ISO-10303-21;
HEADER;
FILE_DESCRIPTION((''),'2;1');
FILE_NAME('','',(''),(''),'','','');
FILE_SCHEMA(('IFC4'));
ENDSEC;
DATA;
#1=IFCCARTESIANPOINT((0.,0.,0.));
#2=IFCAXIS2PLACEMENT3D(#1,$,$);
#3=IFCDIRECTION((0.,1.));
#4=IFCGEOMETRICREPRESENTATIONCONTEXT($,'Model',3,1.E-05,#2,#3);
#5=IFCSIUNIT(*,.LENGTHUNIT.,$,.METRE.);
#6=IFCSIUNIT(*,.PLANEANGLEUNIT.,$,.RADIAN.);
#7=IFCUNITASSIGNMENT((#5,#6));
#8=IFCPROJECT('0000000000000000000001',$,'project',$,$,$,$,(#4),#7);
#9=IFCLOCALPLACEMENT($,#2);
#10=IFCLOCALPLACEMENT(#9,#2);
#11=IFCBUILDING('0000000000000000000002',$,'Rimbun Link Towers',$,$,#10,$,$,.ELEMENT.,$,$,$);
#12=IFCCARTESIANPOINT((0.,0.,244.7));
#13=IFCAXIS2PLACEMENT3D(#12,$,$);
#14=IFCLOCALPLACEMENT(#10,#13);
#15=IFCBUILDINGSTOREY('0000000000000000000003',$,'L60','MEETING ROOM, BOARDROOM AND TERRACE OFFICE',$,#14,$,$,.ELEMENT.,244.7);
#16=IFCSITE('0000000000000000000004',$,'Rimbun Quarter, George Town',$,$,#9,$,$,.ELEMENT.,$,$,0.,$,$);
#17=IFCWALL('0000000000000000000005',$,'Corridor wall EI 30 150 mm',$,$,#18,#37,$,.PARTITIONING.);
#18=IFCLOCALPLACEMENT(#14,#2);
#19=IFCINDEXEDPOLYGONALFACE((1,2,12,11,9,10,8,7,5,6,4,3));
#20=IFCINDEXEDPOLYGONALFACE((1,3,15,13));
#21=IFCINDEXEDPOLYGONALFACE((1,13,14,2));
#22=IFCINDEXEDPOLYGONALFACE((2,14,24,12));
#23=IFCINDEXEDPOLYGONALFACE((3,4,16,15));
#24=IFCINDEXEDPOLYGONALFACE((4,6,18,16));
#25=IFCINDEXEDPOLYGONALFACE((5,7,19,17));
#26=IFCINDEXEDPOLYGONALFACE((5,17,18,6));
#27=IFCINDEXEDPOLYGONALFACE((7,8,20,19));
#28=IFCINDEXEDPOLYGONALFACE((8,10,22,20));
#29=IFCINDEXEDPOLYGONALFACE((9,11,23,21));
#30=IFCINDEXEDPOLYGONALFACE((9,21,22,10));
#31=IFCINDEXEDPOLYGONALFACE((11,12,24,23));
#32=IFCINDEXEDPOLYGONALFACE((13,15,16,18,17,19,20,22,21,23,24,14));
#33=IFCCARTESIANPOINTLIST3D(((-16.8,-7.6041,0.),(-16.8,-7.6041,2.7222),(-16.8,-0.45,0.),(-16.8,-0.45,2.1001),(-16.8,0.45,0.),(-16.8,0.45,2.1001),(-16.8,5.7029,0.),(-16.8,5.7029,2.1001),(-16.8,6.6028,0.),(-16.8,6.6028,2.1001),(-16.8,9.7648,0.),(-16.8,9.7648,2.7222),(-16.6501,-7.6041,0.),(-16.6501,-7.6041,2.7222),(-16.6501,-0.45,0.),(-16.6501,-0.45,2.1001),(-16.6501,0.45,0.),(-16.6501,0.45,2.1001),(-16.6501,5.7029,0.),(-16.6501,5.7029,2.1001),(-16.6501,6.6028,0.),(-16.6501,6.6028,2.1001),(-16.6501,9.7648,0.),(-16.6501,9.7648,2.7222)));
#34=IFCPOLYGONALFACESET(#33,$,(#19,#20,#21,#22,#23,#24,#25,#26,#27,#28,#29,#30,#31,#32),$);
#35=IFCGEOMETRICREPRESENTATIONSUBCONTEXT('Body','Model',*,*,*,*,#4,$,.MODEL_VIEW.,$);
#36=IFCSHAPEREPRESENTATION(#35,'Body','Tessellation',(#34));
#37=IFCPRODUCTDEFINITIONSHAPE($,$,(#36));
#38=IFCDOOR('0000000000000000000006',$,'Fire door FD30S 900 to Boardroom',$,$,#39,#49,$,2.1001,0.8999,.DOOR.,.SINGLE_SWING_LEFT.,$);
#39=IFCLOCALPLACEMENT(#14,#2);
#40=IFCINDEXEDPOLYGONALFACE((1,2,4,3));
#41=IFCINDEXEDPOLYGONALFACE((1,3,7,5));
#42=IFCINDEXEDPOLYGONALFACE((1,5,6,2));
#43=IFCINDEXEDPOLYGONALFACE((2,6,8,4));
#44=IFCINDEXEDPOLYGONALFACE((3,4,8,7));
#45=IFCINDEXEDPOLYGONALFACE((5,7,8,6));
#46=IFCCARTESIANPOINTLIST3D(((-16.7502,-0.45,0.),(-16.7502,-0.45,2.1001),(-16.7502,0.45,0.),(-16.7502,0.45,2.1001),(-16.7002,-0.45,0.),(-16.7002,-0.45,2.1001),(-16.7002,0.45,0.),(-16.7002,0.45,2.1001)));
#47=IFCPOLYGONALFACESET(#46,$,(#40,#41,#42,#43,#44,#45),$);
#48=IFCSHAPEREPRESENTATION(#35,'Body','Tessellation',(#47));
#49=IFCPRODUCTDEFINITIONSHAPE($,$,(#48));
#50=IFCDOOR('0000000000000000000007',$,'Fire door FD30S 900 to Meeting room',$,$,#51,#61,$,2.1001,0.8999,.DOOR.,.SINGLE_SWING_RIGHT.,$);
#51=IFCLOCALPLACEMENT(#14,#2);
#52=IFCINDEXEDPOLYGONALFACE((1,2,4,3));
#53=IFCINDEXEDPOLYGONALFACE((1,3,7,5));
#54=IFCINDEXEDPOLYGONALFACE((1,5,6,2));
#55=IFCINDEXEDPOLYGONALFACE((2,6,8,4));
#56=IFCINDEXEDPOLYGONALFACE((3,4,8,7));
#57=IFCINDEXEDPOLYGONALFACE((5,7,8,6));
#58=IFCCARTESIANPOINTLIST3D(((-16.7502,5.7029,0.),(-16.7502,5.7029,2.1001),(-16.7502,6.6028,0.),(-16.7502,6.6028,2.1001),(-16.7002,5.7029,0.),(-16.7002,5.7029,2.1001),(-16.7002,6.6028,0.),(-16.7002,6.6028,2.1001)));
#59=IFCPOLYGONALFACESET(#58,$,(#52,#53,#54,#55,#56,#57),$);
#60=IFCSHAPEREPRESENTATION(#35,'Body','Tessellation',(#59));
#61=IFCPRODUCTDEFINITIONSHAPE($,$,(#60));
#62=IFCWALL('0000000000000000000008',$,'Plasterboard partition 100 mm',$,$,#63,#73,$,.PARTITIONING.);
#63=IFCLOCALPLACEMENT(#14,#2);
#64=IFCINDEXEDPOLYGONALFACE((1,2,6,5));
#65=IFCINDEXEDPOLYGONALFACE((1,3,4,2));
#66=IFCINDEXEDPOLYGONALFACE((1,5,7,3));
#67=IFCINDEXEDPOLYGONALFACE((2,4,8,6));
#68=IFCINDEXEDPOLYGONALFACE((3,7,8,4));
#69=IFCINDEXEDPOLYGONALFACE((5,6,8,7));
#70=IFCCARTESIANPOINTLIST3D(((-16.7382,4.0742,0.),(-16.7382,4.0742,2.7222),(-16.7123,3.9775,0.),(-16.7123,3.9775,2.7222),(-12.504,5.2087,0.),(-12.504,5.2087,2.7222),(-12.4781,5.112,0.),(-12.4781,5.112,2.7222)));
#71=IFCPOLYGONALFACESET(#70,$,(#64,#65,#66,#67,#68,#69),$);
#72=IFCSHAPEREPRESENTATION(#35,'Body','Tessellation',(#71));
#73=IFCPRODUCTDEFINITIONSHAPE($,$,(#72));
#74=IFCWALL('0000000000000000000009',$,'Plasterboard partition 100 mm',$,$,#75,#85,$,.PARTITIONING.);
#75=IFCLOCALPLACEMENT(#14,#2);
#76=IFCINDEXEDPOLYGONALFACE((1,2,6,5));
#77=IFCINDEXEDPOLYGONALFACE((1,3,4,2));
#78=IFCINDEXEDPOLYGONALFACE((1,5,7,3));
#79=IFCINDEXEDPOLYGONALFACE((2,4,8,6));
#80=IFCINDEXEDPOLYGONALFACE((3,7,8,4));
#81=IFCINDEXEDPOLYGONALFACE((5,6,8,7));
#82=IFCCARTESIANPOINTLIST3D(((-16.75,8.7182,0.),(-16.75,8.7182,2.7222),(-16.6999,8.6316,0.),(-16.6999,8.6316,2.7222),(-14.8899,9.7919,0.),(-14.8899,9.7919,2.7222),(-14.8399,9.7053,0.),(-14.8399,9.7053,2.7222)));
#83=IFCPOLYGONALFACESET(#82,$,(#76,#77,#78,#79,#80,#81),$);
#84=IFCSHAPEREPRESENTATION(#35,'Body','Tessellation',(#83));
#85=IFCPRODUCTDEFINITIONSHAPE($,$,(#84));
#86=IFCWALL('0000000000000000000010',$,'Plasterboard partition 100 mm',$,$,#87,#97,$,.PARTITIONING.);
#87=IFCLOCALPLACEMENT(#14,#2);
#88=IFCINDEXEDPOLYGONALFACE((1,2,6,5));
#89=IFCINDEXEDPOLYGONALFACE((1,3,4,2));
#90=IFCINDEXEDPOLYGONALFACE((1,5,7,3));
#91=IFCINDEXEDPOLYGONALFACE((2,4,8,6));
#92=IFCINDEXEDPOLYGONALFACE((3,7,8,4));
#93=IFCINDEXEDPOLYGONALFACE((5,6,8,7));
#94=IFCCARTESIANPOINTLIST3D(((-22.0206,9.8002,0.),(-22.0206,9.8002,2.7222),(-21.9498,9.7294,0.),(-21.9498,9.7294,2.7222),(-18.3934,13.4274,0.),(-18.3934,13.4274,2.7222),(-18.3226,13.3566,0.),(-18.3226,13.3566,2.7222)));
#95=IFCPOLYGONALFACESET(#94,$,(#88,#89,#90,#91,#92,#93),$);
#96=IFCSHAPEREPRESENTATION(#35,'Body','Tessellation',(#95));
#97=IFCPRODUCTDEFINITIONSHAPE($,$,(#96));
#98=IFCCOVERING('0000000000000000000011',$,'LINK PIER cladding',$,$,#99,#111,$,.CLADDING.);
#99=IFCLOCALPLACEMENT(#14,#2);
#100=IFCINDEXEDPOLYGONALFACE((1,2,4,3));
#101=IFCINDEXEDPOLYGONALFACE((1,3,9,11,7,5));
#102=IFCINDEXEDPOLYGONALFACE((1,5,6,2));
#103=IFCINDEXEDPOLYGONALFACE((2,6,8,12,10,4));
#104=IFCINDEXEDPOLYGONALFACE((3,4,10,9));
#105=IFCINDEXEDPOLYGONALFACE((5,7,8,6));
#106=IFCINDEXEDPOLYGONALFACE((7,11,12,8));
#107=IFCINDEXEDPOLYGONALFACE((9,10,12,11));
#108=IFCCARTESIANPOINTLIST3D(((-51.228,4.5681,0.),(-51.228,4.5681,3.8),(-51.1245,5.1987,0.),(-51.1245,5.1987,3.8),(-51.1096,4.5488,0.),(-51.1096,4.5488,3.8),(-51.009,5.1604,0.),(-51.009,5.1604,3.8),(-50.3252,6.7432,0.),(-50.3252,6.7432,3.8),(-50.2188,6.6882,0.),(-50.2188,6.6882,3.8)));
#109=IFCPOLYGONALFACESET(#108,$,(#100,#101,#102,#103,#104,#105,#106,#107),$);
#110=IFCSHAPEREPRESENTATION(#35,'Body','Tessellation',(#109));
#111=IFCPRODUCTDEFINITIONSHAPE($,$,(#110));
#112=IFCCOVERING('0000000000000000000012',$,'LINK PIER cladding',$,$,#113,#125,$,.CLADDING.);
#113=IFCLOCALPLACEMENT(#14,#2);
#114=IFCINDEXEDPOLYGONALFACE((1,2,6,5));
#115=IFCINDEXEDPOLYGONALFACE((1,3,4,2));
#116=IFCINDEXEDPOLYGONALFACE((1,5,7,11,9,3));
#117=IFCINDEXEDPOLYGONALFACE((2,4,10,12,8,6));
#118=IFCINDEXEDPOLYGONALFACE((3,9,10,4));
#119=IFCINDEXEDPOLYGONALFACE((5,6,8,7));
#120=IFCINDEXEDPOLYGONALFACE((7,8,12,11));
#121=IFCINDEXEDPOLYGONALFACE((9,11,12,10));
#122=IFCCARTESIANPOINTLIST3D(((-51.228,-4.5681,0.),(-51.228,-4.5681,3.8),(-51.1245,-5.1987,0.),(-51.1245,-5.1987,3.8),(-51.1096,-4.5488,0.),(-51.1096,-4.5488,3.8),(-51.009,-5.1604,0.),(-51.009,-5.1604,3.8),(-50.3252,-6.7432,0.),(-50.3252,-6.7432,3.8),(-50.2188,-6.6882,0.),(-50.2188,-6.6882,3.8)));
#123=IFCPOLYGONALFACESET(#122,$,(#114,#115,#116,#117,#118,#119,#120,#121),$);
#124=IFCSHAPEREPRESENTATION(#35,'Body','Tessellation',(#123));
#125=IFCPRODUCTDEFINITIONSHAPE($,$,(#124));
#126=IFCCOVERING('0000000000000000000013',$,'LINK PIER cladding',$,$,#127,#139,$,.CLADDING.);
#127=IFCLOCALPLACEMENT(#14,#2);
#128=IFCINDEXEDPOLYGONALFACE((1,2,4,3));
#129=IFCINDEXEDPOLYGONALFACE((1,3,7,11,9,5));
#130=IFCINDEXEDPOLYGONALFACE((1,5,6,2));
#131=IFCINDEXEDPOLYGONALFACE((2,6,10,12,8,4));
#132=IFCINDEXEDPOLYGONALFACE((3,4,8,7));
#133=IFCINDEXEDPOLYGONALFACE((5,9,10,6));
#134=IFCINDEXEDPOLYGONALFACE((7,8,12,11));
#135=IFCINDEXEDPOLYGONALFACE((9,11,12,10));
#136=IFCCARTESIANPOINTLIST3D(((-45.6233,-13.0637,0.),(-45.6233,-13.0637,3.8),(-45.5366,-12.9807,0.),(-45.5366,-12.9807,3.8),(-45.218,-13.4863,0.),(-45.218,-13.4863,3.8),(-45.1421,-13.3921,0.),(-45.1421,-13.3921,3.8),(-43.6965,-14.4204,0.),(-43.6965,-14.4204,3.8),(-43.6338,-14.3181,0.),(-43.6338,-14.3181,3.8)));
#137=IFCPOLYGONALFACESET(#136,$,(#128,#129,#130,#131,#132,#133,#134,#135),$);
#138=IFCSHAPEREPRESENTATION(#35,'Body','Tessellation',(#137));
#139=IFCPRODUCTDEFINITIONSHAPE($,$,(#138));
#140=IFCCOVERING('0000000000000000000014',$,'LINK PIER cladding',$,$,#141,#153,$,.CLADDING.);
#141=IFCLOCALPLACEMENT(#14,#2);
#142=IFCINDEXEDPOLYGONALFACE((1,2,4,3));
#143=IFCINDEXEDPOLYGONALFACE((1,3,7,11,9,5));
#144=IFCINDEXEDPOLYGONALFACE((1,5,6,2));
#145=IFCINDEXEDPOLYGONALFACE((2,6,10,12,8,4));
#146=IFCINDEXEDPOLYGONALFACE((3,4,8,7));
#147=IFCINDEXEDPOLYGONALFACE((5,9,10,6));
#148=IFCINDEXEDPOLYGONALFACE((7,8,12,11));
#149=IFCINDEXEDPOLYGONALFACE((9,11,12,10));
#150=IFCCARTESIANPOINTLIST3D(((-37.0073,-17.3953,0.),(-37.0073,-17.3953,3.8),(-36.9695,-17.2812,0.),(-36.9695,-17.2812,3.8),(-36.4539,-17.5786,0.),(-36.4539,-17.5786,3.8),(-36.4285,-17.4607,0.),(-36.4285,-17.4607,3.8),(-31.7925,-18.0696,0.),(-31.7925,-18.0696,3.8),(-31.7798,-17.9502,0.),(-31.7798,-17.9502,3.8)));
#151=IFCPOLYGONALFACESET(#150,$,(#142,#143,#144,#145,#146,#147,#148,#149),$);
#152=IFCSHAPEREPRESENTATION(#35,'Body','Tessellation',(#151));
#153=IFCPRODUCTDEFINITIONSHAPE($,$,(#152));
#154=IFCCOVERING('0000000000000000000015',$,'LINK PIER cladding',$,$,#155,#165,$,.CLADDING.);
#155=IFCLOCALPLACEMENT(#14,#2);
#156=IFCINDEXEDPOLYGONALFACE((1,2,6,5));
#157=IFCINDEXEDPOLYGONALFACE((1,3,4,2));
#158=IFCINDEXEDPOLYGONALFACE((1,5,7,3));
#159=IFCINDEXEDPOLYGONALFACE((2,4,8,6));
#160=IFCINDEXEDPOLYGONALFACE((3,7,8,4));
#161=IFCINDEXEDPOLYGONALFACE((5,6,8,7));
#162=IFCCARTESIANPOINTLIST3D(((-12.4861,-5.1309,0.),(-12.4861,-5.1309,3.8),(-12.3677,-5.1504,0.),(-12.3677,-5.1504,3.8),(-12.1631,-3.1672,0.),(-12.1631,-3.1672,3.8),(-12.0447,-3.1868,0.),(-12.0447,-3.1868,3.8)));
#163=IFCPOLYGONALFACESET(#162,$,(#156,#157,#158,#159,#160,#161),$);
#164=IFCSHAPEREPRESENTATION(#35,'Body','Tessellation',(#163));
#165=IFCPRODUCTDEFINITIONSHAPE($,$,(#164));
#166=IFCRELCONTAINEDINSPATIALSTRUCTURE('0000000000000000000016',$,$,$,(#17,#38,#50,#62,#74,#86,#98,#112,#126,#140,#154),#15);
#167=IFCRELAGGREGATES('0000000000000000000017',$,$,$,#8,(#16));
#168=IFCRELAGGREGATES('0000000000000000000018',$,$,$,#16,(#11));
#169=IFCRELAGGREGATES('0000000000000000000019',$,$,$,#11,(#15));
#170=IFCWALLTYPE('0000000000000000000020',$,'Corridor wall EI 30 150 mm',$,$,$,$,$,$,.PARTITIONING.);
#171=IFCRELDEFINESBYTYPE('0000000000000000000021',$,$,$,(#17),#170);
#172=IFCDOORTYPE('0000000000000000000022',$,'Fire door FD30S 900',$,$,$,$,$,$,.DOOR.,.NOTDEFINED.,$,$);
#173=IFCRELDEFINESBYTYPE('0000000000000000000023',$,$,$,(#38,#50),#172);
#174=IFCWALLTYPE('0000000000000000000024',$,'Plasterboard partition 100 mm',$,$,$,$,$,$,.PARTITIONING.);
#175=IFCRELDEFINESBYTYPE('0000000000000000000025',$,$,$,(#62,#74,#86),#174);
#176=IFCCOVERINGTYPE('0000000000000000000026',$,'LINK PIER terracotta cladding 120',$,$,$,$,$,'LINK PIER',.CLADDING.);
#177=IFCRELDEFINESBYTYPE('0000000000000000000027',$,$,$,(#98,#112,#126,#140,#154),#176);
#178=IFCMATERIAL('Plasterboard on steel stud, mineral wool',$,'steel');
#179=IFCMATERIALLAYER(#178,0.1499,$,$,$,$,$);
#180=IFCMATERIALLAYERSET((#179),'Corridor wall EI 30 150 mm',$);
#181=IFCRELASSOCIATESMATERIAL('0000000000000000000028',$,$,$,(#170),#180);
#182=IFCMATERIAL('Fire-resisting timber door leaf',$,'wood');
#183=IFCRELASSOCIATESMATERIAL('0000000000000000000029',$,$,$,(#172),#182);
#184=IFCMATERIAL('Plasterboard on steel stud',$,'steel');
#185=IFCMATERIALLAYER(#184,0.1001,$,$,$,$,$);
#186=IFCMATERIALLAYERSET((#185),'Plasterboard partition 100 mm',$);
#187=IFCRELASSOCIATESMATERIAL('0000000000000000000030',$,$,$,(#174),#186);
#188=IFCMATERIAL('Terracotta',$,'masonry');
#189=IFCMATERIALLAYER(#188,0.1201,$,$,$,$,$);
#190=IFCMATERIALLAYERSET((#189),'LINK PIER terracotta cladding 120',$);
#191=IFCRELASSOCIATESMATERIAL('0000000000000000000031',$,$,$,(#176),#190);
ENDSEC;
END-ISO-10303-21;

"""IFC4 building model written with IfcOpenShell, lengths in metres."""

from ifc_helpers import new_model, si_unit, direction, frame, frame_2d, origin, place, context, subcontext, project, spatial, polyline, rectangle, outline, extrude, material, layer, layer_set, type_object, element, fill, save


model = new_model("IFC4")

# Units and contexts
model_context = context("Model", 3, precision=1e-05, world=origin(), true_north=direction((0.0, 1.0)))
body_context = subcontext(model_context, "Body", "Model", "MODEL_VIEW")
ifc_project = project(units=[si_unit("LENGTHUNIT", "METRE"), si_unit("PLANEANGLEUNIT", "RADIAN")], contexts=[model_context])

# Site, building, storey
site_placement = place(None, origin())
site = spatial("IfcSite", under=ifc_project, at=site_placement, Name="Rimbun Quarter, George Town", CompositionType="ELEMENT", RefElevation=0.0)
building_placement = place(site_placement, origin())
building = spatial("IfcBuilding", under=site, at=building_placement, Name="Rimbun Link Towers", CompositionType="ELEMENT")
storey_placement = place(building_placement, frame((0.0, 0.0, 244.7)))
storey = spatial("IfcBuildingStorey", under=building, at=storey_placement, Name="L60", Description="MEETING ROOM, BOARDROOM AND TERRACE OFFICE", CompositionType="ELEMENT", Elevation=244.7)

# Wall, openings, doors
ifc_material_1 = material(Name="Plasterboard on steel stud, mineral wool", Category="steel")
ifc_layer_1 = layer(ifc_material_1, 0.1499)
ifc_layer_set_1 = layer_set([ifc_layer_1], Name="Corridor wall EI 30 150 mm")
wall_type_1 = type_object("IfcWallType", Name="Corridor wall EI 30 150 mm", PredefinedType="PARTITIONING", material=ifc_layer_set_1)
wall_1_placement = place(storey_placement, frame((-16.7251, 9.7649, 0.0), z_axis=(0.0, 0.0, 1.0), x_axis=(0.0, -1.0, 0.0)))
wall_1 = element("IfcWall", 1, at=wall_1_placement, inside=storey, type_object=wall_type_1, Name="Corridor wall EI 30 150 mm", PredefinedType="PARTITIONING", context=body_context, shape_type="SweptSolid", body=[
    extrude(rectangle(XDim=17.3689, YDim=0.1499, at=frame_2d((8.6846, 0.0))), origin(), (0.0, 0.0, 1.0), 2.7222),
])
opening_1_placement = place(wall_1_placement, frame((9.3149, 0.0, 0.0)))
opening_1 = element("IfcOpeningElement", 2, at=opening_1_placement, cuts=wall_1, PredefinedType="OPENING", context=body_context, shape_type="SweptSolid", body=[
    extrude(rectangle(XDim=0.8999, YDim=2.1001, at=frame_2d((0.45, 1.05))), frame((0.0, 0.085, 0.0), z_axis=(0.0, -1.0, 0.0), x_axis=(1.0, 0.0, 0.0)), (0.0, 0.0, 1.0), 0.1699),
])
opening_2_placement = place(wall_1_placement, frame((3.1621, 0.0, 0.0)))
opening_2 = element("IfcOpeningElement", 3, at=opening_2_placement, cuts=wall_1, PredefinedType="OPENING", context=body_context, shape_type="SweptSolid", body=[
    extrude(rectangle(XDim=0.8999, YDim=2.1001, at=frame_2d((0.45, 1.05))), frame((0.0, 0.085, 0.0), z_axis=(0.0, -1.0, 0.0), x_axis=(1.0, 0.0, 0.0)), (0.0, 0.0, 1.0), 0.1699),
])
ifc_material_2 = material(Name="Fire-resisting timber door leaf", Category="wood")
door_type = type_object("IfcDoorType", Name="Fire door FD30S 900", OperationType="NOTDEFINED", PredefinedType="DOOR", material=ifc_material_2)
door_1_placement = place(opening_1_placement, origin())
door_1 = element("IfcDoor", 4, at=door_1_placement, inside=storey, type_object=door_type, Name="Fire door FD30S 900 to Boardroom", OperationType="SINGLE_SWING_LEFT", OverallHeight=2.1001, OverallWidth=0.8999, PredefinedType="DOOR", context=body_context, shape_type="SweptSolid", body=[
    extrude(rectangle(XDim=0.8999, YDim=2.1001, at=frame_2d((0.45, 1.05))), frame((0.0, 0.0249, 0.0), z_axis=(0.0, -1.0, 0.0), x_axis=(1.0, 0.0, 0.0)), (0.0, 0.0, 1.0), 0.05),
])
fill(opening_1, door_1)
door_2_placement = place(opening_2_placement, origin())
door_2 = element("IfcDoor", 5, at=door_2_placement, inside=storey, type_object=door_type, Name="Fire door FD30S 900 to Meeting room", OperationType="SINGLE_SWING_RIGHT", OverallHeight=2.1001, OverallWidth=0.8999, PredefinedType="DOOR", context=body_context, shape_type="SweptSolid", body=[
    extrude(rectangle(XDim=0.8999, YDim=2.1001, at=frame_2d((0.45, 1.05))), frame((0.0, 0.0249, 0.0), z_axis=(0.0, -1.0, 0.0), x_axis=(1.0, 0.0, 0.0)), (0.0, 0.0, 1.0), 0.05),
])
fill(opening_2, door_2)

# Walls
ifc_material_3 = material(Name="Plasterboard on steel stud", Category="steel")
ifc_layer_2 = layer(ifc_material_3, 0.1001)
ifc_layer_set_2 = layer_set([ifc_layer_2], Name="Plasterboard partition 100 mm")
wall_type_2 = type_object("IfcWallType", Name="Plasterboard partition 100 mm", PredefinedType="PARTITIONING", material=ifc_layer_set_2)
wall_2_placement = place(storey_placement, frame((-12.491, 5.1604, 0.0), z_axis=(0.0, 0.0, 1.0), x_axis=(-0.965926, -0.258817, 0.0)))
element("IfcWall", 6, at=wall_2_placement, inside=storey, type_object=wall_type_2, Name="Plasterboard partition 100 mm", PredefinedType="PARTITIONING", context=body_context, shape_type="SweptSolid", body=[
    extrude(rectangle(XDim=4.3835, YDim=0.1001, at=frame_2d((2.1919, 0.0))), origin(), (0.0, 0.0, 1.0), 2.7222),
])
wall_3_placement = place(storey_placement, frame((-14.865, 9.7485, 0.0), z_axis=(0.0, 0.0, 1.0), x_axis=(-0.866066, -0.499929, 0.0)))
element("IfcWall", 7, at=wall_3_placement, inside=storey, type_object=wall_type_2, Name="Plasterboard partition 100 mm", PredefinedType="PARTITIONING", context=body_context, shape_type="SweptSolid", body=[
    extrude(rectangle(XDim=2.1477, YDim=0.1001, at=frame_2d((1.0737, 0.0))), origin(), (0.0, 0.0, 1.0), 2.7222),
])
wall_4_placement = place(storey_placement, frame((-18.3579, 13.3921, 0.0), z_axis=(0.0, 0.0, 1.0), x_axis=(-0.707107, -0.707107, 0.0)))
element("IfcWall", 8, at=wall_4_placement, inside=storey, type_object=wall_type_2, Name="Plasterboard partition 100 mm", PredefinedType="PARTITIONING", context=body_context, shape_type="SweptSolid", body=[
    extrude(rectangle(XDim=5.1296, YDim=0.1001, at=frame_2d((2.5649, 0.0))), origin(), (0.0, 0.0, 1.0), 2.7222),
])

# Coverings
ifc_material_4 = material(Name="Terracotta", Category="masonry")
ifc_layer_3 = layer(ifc_material_4, 0.1201)
ifc_layer_set_3 = layer_set([ifc_layer_3], Name="LINK PIER terracotta cladding 120")
covering_type_1 = type_object("IfcCoveringType", Name="LINK PIER terracotta cladding 120", ElementType="LINK PIER", PredefinedType="CLADDING", material=ifc_layer_set_3)
covering_1_placement = place(storey_placement, origin())
element("IfcCovering", 9, at=covering_1_placement, inside=storey, type_object=covering_type_1, Name="LINK PIER cladding", PredefinedType="CLADDING", context=body_context, shape_type="SweptSolid", body=[
    extrude(outline(polyline([(-51.1096, 4.5488), (-51.009, 5.1604), (-50.2188, 6.6882), (-50.3252, 6.7432), (-51.1245, 5.1987), (-51.228, 4.5681), (-51.1096, 4.5488)])), origin(), (0.0, 0.0, 1.0), 3.8),
])
covering_2_placement = place(storey_placement, origin())
element("IfcCovering", 10, at=covering_2_placement, inside=storey, type_object=covering_type_1, Name="LINK PIER cladding", PredefinedType="CLADDING", context=body_context, shape_type="SweptSolid", body=[
    extrude(outline(polyline([(-50.2188, -6.6882), (-51.009, -5.1604), (-51.1096, -4.5488), (-51.228, -4.5681), (-51.1245, -5.1987), (-50.3252, -6.7432), (-50.2188, -6.6882)])), origin(), (0.0, 0.0, 1.0), 3.8),
])
covering_3_placement = place(storey_placement, origin())
element("IfcCovering", 11, at=covering_3_placement, inside=storey, type_object=covering_type_1, Name="LINK PIER cladding", PredefinedType="CLADDING", context=body_context, shape_type="SweptSolid", body=[
    extrude(outline(polyline([(-43.6338, -14.3181), (-45.1421, -13.3921), (-45.5366, -12.9807), (-45.6233, -13.0637), (-45.218, -13.4863), (-43.6965, -14.4204), (-43.6338, -14.3181)])), origin(), (0.0, 0.0, 1.0), 3.8),
])
covering_4_placement = place(storey_placement, origin())
element("IfcCovering", 12, at=covering_4_placement, inside=storey, type_object=covering_type_1, Name="LINK PIER cladding", PredefinedType="CLADDING", context=body_context, shape_type="SweptSolid", body=[
    extrude(outline(polyline([(-31.7798, -17.9502), (-36.4285, -17.4607), (-36.9695, -17.2812), (-37.0073, -17.3953), (-36.4539, -17.5786), (-31.7925, -18.0696), (-31.7798, -17.9502)])), origin(), (0.0, 0.0, 1.0), 3.8),
])
covering_5_placement = place(storey_placement, origin())
element("IfcCovering", 13, at=covering_5_placement, inside=storey, type_object=covering_type_1, Name="LINK PIER cladding", PredefinedType="CLADDING", context=body_context, shape_type="SweptSolid", body=[
    extrude(outline(polyline([(-12.1631, -3.1672), (-12.4861, -5.1309), (-12.3677, -5.1504), (-12.0447, -3.1868), (-12.1631, -3.1672)])), origin(), (0.0, 0.0, 1.0), 3.8),
])

save(model, "model.ifc")
